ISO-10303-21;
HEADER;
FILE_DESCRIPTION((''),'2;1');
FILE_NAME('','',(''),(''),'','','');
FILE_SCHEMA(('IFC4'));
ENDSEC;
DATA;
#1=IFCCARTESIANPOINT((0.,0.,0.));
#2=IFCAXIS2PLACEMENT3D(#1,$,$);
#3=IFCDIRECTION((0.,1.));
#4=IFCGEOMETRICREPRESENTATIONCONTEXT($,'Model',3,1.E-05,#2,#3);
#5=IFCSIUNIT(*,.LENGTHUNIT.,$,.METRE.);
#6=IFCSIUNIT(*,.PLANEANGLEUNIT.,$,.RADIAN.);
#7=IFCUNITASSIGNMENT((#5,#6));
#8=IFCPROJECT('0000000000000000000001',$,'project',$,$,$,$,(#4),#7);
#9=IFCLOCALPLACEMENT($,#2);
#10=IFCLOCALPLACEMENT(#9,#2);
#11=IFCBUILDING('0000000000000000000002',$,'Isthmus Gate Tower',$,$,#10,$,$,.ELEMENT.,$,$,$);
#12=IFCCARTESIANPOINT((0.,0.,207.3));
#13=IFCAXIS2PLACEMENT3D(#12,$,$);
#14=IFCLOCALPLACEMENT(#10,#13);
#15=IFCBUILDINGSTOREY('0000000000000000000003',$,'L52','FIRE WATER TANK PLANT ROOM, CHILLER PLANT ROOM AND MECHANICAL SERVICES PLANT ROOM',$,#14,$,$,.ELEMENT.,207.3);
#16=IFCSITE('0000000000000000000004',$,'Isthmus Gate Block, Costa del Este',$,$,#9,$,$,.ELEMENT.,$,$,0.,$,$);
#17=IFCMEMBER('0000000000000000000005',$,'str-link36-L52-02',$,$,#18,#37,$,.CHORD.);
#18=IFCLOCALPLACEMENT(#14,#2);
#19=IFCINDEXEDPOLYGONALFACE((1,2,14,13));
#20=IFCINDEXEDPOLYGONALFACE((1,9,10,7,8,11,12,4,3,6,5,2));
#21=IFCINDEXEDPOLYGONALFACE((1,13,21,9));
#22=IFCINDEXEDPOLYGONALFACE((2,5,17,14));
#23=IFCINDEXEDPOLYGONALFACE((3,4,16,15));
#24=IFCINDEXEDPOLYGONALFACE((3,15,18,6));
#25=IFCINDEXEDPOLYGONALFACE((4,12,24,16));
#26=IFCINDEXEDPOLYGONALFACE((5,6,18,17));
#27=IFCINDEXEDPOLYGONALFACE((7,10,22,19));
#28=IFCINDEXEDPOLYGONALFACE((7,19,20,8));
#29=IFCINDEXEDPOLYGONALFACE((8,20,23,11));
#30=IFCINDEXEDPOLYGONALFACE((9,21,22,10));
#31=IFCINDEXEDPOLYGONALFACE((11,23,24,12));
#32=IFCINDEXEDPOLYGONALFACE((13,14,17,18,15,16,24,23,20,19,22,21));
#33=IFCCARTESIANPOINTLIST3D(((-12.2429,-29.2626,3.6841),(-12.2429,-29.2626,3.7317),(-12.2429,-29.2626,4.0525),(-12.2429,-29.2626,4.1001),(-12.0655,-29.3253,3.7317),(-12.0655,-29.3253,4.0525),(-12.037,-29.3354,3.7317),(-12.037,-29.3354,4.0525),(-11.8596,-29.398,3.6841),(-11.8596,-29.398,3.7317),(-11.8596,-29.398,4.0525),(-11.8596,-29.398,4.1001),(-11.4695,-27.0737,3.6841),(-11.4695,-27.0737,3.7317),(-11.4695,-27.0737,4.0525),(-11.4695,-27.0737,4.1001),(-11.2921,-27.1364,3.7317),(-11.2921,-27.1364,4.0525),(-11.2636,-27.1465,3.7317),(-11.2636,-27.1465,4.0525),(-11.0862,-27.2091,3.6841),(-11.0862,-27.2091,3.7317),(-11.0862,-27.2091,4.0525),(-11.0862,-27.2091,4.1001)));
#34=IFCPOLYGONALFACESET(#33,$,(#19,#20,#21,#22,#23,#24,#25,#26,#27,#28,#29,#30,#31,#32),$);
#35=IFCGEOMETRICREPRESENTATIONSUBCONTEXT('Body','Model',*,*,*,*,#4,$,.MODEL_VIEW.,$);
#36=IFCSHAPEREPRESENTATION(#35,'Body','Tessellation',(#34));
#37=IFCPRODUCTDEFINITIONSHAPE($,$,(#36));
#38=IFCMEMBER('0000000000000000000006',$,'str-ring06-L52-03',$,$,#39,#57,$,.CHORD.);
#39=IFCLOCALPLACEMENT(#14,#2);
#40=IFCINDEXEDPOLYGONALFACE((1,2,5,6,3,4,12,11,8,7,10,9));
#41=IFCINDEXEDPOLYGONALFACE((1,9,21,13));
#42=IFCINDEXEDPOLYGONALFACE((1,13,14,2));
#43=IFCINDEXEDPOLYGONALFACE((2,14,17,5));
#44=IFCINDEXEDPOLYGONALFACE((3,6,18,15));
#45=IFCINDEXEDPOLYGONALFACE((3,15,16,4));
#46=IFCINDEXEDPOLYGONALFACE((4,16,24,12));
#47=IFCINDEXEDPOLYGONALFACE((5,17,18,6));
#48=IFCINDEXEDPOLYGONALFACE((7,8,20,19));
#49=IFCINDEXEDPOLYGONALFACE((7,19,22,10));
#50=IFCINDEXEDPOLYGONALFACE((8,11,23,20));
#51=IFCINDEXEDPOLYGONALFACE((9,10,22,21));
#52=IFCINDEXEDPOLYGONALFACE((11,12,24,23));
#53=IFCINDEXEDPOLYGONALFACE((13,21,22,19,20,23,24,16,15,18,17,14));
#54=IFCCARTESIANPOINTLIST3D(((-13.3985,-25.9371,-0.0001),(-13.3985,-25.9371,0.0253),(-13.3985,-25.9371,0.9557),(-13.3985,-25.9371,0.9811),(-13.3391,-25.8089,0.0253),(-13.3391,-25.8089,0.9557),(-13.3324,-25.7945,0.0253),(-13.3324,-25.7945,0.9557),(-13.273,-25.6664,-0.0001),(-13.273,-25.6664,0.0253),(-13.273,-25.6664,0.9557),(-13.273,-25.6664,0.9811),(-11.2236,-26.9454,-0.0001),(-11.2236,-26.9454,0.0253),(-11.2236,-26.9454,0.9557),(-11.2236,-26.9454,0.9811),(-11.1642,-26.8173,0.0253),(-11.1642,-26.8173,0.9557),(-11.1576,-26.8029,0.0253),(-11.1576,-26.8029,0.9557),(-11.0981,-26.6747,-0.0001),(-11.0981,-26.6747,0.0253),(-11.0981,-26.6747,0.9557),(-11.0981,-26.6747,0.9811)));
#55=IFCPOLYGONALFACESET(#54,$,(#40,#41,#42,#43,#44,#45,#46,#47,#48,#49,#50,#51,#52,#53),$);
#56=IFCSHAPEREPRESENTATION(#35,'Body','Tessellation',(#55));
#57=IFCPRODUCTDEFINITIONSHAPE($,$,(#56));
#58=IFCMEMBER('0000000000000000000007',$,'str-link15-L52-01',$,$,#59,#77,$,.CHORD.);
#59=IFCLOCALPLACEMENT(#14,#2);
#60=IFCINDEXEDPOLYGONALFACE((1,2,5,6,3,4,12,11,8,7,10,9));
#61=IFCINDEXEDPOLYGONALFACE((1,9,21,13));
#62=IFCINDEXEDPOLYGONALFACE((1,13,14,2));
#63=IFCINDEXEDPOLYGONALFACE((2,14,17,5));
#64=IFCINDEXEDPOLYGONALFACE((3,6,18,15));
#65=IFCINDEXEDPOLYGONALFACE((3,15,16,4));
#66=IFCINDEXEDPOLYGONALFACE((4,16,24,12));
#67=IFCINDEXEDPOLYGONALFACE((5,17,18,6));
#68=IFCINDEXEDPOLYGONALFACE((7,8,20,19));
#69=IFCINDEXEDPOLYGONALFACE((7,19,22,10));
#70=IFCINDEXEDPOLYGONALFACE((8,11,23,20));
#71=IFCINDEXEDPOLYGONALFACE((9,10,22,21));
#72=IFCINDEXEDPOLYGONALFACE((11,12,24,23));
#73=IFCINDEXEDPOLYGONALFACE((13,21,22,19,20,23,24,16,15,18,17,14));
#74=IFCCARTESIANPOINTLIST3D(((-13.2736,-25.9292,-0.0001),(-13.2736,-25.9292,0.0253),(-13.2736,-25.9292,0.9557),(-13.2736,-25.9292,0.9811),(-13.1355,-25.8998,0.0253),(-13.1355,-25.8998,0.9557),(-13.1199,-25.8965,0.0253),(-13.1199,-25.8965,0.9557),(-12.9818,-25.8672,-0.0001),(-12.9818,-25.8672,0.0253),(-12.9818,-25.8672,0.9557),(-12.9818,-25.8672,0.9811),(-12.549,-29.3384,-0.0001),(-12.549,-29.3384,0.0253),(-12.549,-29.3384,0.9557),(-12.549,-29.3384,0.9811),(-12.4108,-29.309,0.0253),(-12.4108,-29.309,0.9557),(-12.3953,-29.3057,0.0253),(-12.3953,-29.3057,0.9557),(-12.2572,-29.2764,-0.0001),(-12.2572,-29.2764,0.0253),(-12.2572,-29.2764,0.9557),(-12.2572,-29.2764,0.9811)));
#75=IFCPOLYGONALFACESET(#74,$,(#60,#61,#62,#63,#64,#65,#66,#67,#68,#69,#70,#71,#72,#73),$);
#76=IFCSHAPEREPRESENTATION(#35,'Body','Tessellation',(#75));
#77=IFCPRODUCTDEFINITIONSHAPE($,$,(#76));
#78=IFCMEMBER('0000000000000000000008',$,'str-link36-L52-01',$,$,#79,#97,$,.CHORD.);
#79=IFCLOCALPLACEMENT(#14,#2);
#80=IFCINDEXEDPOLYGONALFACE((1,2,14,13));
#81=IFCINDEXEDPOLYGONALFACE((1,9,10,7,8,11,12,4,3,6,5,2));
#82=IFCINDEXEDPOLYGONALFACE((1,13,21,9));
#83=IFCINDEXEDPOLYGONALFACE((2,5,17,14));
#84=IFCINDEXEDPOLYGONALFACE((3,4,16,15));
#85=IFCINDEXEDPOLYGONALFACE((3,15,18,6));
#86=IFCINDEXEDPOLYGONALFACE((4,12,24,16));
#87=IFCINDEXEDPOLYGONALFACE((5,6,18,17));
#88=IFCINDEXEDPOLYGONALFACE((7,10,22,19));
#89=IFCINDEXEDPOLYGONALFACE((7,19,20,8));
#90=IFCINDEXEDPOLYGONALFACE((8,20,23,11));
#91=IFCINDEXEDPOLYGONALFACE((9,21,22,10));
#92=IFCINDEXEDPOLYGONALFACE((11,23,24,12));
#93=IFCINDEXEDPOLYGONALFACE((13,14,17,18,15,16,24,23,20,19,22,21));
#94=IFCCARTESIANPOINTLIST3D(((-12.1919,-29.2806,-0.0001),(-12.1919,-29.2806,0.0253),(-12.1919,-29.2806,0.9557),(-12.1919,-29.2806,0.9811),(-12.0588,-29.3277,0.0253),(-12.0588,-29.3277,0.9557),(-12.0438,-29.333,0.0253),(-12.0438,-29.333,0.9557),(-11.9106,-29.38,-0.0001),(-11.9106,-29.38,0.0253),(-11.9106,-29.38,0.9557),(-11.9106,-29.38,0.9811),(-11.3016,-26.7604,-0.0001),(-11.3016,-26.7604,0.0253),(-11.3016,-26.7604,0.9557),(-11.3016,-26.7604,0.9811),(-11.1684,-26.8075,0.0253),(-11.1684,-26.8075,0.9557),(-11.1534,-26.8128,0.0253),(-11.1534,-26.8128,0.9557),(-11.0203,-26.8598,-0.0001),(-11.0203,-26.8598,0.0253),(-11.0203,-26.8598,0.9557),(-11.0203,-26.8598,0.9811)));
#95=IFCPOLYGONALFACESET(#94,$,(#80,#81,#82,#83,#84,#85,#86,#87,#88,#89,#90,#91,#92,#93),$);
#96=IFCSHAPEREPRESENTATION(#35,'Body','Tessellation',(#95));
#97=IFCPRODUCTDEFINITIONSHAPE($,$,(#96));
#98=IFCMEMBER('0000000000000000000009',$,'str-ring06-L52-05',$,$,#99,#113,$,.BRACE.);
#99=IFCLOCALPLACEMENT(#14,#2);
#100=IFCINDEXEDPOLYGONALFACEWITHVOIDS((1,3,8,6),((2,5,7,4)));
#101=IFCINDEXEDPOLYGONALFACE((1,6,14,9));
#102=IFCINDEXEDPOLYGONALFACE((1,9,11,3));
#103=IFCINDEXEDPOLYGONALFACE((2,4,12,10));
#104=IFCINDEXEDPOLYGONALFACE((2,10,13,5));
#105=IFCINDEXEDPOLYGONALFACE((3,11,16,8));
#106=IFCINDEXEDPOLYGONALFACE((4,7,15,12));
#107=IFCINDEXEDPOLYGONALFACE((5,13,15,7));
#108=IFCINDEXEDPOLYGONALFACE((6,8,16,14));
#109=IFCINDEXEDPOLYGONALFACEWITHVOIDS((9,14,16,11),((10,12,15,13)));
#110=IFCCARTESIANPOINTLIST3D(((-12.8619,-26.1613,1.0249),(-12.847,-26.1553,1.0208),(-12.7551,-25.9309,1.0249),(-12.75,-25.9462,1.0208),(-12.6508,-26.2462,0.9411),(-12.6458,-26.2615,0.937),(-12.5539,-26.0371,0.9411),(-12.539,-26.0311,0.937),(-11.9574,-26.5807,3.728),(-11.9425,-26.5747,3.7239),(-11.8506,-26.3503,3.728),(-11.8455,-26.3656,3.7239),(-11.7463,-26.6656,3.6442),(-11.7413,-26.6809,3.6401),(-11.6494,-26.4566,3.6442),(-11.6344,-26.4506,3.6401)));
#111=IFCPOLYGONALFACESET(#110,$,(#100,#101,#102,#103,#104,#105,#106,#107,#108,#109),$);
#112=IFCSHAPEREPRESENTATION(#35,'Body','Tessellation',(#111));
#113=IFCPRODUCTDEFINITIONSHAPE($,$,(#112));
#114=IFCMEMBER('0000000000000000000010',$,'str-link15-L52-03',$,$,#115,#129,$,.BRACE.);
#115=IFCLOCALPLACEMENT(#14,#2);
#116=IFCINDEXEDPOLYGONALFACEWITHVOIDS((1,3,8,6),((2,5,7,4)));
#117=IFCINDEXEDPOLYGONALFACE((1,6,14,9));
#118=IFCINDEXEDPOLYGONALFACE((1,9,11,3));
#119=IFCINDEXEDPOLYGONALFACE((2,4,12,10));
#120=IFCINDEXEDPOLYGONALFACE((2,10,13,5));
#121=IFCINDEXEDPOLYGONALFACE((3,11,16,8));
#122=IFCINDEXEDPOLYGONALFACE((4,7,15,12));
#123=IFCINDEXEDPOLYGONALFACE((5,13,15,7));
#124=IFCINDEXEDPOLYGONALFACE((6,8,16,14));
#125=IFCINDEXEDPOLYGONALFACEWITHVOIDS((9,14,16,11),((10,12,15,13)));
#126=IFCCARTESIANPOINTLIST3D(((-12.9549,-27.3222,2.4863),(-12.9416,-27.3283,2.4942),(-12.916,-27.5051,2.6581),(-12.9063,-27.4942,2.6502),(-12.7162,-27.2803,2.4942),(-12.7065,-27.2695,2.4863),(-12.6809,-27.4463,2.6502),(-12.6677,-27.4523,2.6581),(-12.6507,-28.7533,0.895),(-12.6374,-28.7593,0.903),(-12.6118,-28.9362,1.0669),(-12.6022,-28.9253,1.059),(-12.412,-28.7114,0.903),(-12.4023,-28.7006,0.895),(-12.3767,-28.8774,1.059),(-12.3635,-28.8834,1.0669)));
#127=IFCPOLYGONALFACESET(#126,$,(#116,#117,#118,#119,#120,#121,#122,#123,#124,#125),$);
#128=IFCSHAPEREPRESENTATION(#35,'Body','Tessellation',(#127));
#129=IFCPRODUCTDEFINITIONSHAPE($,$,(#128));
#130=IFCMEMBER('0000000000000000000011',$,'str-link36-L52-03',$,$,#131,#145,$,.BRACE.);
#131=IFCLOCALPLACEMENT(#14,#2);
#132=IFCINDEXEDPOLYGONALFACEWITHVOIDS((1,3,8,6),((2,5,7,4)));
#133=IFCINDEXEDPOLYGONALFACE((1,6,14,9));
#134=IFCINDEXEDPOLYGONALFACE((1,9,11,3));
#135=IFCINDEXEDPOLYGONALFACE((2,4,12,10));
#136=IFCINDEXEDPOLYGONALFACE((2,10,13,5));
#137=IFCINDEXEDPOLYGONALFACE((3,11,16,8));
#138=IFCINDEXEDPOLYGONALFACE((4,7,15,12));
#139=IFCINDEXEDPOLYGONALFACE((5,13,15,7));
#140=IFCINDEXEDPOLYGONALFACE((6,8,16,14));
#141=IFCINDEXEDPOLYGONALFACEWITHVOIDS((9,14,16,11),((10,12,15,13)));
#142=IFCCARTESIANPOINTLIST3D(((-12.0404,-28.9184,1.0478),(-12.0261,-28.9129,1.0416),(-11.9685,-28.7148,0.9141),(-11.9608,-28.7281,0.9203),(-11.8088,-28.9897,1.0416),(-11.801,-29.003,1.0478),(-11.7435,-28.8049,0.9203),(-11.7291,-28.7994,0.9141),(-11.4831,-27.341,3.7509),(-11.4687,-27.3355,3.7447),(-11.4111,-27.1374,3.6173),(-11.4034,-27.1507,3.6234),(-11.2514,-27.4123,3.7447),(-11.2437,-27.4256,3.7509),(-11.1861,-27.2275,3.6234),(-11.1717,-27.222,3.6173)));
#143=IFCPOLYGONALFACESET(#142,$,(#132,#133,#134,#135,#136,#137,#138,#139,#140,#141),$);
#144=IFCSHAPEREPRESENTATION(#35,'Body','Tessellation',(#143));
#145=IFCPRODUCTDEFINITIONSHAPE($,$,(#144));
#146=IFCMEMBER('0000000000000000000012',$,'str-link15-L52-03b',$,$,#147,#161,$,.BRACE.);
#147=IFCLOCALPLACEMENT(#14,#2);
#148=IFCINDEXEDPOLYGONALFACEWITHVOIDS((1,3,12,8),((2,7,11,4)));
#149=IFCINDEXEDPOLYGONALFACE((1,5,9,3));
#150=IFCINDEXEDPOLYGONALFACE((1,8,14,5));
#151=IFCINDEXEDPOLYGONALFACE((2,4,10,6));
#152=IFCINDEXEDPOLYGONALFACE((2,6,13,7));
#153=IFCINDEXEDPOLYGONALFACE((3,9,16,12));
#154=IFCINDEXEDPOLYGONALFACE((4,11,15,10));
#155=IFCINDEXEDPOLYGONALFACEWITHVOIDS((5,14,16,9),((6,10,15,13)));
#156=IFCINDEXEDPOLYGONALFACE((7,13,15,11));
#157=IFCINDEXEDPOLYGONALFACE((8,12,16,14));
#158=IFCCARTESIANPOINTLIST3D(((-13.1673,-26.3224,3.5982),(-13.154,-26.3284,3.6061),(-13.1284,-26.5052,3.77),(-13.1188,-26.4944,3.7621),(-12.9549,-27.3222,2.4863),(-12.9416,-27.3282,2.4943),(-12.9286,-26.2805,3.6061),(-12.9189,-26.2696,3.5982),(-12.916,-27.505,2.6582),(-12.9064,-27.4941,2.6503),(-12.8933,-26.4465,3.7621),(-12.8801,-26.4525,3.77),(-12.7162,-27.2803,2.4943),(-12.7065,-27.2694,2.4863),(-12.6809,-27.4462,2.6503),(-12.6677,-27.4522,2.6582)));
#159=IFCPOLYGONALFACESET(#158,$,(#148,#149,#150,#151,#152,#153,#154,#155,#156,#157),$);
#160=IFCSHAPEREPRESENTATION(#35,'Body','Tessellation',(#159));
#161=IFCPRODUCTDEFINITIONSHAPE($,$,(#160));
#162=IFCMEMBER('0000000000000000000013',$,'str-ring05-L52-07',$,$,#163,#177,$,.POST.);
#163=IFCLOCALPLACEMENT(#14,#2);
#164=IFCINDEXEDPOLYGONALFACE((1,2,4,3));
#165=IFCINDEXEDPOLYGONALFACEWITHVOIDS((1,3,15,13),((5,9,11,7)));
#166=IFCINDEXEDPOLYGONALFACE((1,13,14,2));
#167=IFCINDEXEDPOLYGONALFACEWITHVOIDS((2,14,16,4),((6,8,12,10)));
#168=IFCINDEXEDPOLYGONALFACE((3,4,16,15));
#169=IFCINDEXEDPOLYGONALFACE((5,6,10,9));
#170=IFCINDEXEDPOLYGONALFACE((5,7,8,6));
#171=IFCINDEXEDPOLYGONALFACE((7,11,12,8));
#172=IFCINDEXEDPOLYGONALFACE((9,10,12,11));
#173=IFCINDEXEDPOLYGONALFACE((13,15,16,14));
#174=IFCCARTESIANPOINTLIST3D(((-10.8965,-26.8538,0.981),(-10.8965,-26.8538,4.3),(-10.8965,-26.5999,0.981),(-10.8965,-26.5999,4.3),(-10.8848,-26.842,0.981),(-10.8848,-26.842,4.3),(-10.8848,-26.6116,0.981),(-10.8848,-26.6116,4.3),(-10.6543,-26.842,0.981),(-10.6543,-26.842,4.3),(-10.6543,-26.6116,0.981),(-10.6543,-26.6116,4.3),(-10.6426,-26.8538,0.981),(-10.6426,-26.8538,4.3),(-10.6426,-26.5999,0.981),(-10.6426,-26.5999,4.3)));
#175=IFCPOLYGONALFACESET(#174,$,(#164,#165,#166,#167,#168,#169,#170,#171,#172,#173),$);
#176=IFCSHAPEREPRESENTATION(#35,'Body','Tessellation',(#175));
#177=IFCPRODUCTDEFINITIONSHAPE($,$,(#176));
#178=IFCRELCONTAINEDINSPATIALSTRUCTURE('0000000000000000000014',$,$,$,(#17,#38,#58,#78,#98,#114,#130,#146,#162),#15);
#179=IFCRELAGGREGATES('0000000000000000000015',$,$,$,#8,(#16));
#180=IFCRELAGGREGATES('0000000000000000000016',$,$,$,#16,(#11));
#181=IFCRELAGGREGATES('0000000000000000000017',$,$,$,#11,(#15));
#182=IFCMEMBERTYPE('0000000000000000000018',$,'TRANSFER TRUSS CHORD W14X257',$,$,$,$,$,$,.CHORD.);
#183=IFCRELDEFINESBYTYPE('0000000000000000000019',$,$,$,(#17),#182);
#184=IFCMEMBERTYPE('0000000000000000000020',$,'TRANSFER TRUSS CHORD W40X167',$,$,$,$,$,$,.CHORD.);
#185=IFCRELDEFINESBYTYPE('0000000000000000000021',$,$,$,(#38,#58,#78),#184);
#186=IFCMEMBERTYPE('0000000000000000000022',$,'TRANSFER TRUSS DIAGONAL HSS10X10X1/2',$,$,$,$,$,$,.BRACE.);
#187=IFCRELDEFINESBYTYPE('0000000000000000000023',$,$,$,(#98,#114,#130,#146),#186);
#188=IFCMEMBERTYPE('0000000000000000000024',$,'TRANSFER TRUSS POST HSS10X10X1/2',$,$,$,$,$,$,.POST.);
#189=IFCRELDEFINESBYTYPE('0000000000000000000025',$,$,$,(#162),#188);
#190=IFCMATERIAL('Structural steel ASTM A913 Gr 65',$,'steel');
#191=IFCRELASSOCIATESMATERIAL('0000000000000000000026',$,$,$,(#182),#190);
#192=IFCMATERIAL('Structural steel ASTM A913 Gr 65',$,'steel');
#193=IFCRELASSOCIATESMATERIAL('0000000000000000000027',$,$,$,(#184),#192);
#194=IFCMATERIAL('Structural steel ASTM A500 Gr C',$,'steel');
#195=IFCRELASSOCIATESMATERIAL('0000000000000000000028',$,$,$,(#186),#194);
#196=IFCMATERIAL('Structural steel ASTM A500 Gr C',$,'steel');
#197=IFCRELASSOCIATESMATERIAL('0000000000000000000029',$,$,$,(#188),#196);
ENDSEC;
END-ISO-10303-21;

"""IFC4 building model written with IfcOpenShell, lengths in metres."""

from ifc_helpers import new_model, si_unit, direction, frame, origin, origin_2d, place, context, subcontext, project, spatial, hollow_rectangle, i_section, extrude, material, material_profile, profile_set, type_object, element, save


model = new_model("IFC4")

# Units and contexts
model_context = context("Model", 3, precision=1e-05, world=origin(), true_north=direction((0.0, 1.0)))
body_context = subcontext(model_context, "Body", "Model", "MODEL_VIEW")
ifc_project = project(units=[si_unit("LENGTHUNIT", "METRE"), si_unit("PLANEANGLEUNIT", "RADIAN")], contexts=[model_context])

# Site, building, storey
site_placement = place(None, origin())
site = spatial("IfcSite", under=ifc_project, at=site_placement, Name="Isthmus Gate Block, Costa del Este", CompositionType="ELEMENT", RefElevation=0.0)
building_placement = place(site_placement, origin())
building = spatial("IfcBuilding", under=site, at=building_placement, Name="Isthmus Gate Tower", CompositionType="ELEMENT")
storey_placement = place(building_placement, frame((0.0, 0.0, 207.3)))
storey = spatial("IfcBuildingStorey", under=building, at=storey_placement, Name="L52", Description="FIRE WATER TANK PLANT ROOM, CHILLER PLANT ROOM AND MECHANICAL SERVICES PLANT ROOM", CompositionType="ELEMENT", Elevation=207.3)

# Members
ifc_material_1 = material(Name="Structural steel ASTM A913 Gr 65", Category="steel")
ifc_material_profile_1 = material_profile(ifc_material_1, i_section(OverallWidth=0.4065, OverallDepth=0.416, WebThickness=0.0303, FlangeThickness=0.0476, at=origin_2d()), Name="W14X257")
ifc_profile_set_1 = profile_set([ifc_material_profile_1], Name="Structural steel ASTM A913 Gr 65")
member_type_1 = type_object("IfcMemberType", Name="TRANSFER TRUSS CHORD W14X257", PredefinedType="CHORD", material=ifc_profile_set_1)
member_1_placement = place(storey_placement, frame((-12.0513, -29.3303, 3.8921), z_axis=(0.33315, 0.942874, 0.0), x_axis=(-0.942874, 0.33315, 0.0)))
element("IfcMember", 1, at=member_1_placement, inside=storey, type_object=member_type_1, Name="str-link36-L52-02", PredefinedType="CHORD", context=body_context, shape_type="SweptSolid", body=[
    extrude(i_section(OverallWidth=0.4065, OverallDepth=0.416, WebThickness=0.0303, FlangeThickness=0.0476, at=origin_2d()), origin(), (0.0, 0.0, 1.0), 2.3215),
])
ifc_material_2 = material(Name="Structural steel ASTM A913 Gr 65", Category="steel")
ifc_material_profile_2 = material_profile(ifc_material_2, i_section(OverallWidth=0.2983, OverallDepth=0.9812, WebThickness=0.0159, FlangeThickness=0.0254, at=origin_2d()), Name="W40X167")
ifc_profile_set_2 = profile_set([ifc_material_profile_2], Name="Structural steel ASTM A913 Gr 65")
member_type_2 = type_object("IfcMemberType", Name="TRANSFER TRUSS CHORD W40X167", PredefinedType="CHORD", material=ifc_profile_set_2)
member_2_placement = place(storey_placement, frame((-11.1609, -26.8101, 0.4905), z_axis=(-0.907237, 0.420621, 0.0), x_axis=(-0.420621, -0.907237, 0.0)))
element("IfcMember", 2, at=member_2_placement, inside=storey, type_object=member_type_2, Name="str-ring06-L52-03", PredefinedType="CHORD", context=body_context, shape_type="SweptSolid", body=[
    extrude(i_section(OverallWidth=0.2983, OverallDepth=0.9812, WebThickness=0.0159, FlangeThickness=0.0254, at=origin_2d()), origin(), (0.0, 0.0, 1.0), 2.3972),
])
member_3_placement = place(storey_placement, frame((-12.4031, -29.3074, 0.4905), z_axis=(-0.207902, 0.97815, 0.0), x_axis=(-0.97815, -0.207902, 0.0)))
element("IfcMember", 3, at=member_3_placement, inside=storey, type_object=member_type_2, Name="str-link15-L52-01", PredefinedType="CHORD", context=body_context, shape_type="SweptSolid", body=[
    extrude(i_section(OverallWidth=0.2983, OverallDepth=0.9812, WebThickness=0.0159, FlangeThickness=0.0254, at=origin_2d()), origin(), (0.0, 0.0, 1.0), 3.4854),
])
member_4_placement = place(storey_placement, frame((-12.0513, -29.3303, 0.4905), z_axis=(0.333112, 0.942887, 0.0), x_axis=(-0.942887, 0.333112, 0.0)))
element("IfcMember", 4, at=member_4_placement, inside=storey, type_object=member_type_2, Name="str-link36-L52-01", PredefinedType="CHORD", context=body_context, shape_type="SweptSolid", body=[
    extrude(i_section(OverallWidth=0.2983, OverallDepth=0.9812, WebThickness=0.0159, FlangeThickness=0.0254, at=origin_2d()), origin(), (0.0, 0.0, 1.0), 2.6729),
])
ifc_material_3 = material(Name="Structural steel ASTM A500 Gr C", Category="steel")
ifc_material_profile_3 = material_profile(ifc_material_3, hollow_rectangle(XDim=0.2539, YDim=0.2539, WallThickness=0.0117, at=origin_2d()), Name="HSS10X10X1/2")
ifc_profile_set_3 = profile_set([ifc_material_profile_3], Name="Structural steel ASTM A500 Gr C")
member_type_3 = type_object("IfcMemberType", Name="TRANSFER TRUSS DIAGONAL HSS10X10X1/2", PredefinedType="BRACE", material=ifc_profile_set_3)
member_5_placement = place(storey_placement, frame((-12.7004, -26.0962, 0.981), z_axis=(0.313952, -0.145579, 0.938212), x_axis=(0.420672, 0.907213, 0.0)))
element("IfcMember", 5, at=member_5_placement, inside=storey, type_object=member_type_3, Name="str-ring06-L52-05", PredefinedType="BRACE", context=body_context, shape_type="SweptSolid", body=[
    extrude(hollow_rectangle(XDim=0.2539, YDim=0.2539, WallThickness=0.0117, at=origin_2d()), origin(), (0.0, 0.0, 1.0), 2.8811),
])
member_6_placement = place(storey_placement, frame((-12.5071, -28.8184, 0.981), z_axis=(-0.140721, 0.662046, 0.736134), x_axis=(-0.978148, -0.207911, 0.0)))
element("IfcMember", 6, at=member_6_placement, inside=storey, type_object=member_type_3, Name="str-link15-L52-03", PredefinedType="BRACE", context=body_context, shape_type="SweptSolid", body=[
    extrude(hollow_rectangle(XDim=0.2539, YDim=0.2539, WallThickness=0.0117, at=origin_2d()), origin(), (0.0, 0.0, 1.0), 2.1616),
])
member_7_placement = place(storey_placement, frame((-11.8848, -28.8589, 0.981), z_axis=(0.175332, 0.496199, 0.85032), x_axis=(-0.942869, 0.333164, 0.0)))
element("IfcMember", 7, at=member_7_placement, inside=storey, type_object=member_type_3, Name="str-link36-L52-03", PredefinedType="BRACE", context=body_context, shape_type="SweptSolid", body=[
    extrude(hollow_rectangle(XDim=0.2539, YDim=0.2539, WallThickness=0.0117, at=origin_2d()), origin(), (0.0, 0.0, 1.0), 3.179),
])
member_8_placement = place(storey_placement, frame((-12.8113, -27.3872, 2.5723), z_axis=(-0.140643, 0.661994, 0.736195), x_axis=(-0.978168, -0.207816, 0.0)))
element("IfcMember", 8, at=member_8_placement, inside=storey, type_object=member_type_3, Name="str-link15-L52-03b", PredefinedType="BRACE", context=body_context, shape_type="SweptSolid", body=[
    extrude(hollow_rectangle(XDim=0.2539, YDim=0.2539, WallThickness=0.0117, at=origin_2d()), origin(), (0.0, 0.0, 1.0), 1.5103),
])
ifc_material_4 = material(Name="Structural steel ASTM A500 Gr C", Category="steel")
ifc_material_profile_4 = material_profile(ifc_material_4, hollow_rectangle(XDim=0.2539, YDim=0.2539, WallThickness=0.0117, at=origin_2d()), Name="HSS10X10X1/2")
ifc_profile_set_4 = profile_set([ifc_material_profile_4], Name="Structural steel ASTM A500 Gr C")
member_type_4 = type_object("IfcMemberType", Name="TRANSFER TRUSS POST HSS10X10X1/2", PredefinedType="POST", material=ifc_profile_set_4)
member_9_placement = place(storey_placement, frame((-10.7695, -26.7268, 0.981), z_axis=(0.0, 0.0, 1.0), x_axis=(1.0, 0.0, 0.0)))
element("IfcMember", 9, at=member_9_placement, inside=storey, type_object=member_type_4, Name="str-ring05-L52-07", PredefinedType="POST", context=body_context, shape_type="SweptSolid", body=[
    extrude(hollow_rectangle(XDim=0.2539, YDim=0.2539, WallThickness=0.0117, at=origin_2d()), origin(), (0.0, 0.0, 1.0), 3.3191),
])

save(model, "model.ifc")
